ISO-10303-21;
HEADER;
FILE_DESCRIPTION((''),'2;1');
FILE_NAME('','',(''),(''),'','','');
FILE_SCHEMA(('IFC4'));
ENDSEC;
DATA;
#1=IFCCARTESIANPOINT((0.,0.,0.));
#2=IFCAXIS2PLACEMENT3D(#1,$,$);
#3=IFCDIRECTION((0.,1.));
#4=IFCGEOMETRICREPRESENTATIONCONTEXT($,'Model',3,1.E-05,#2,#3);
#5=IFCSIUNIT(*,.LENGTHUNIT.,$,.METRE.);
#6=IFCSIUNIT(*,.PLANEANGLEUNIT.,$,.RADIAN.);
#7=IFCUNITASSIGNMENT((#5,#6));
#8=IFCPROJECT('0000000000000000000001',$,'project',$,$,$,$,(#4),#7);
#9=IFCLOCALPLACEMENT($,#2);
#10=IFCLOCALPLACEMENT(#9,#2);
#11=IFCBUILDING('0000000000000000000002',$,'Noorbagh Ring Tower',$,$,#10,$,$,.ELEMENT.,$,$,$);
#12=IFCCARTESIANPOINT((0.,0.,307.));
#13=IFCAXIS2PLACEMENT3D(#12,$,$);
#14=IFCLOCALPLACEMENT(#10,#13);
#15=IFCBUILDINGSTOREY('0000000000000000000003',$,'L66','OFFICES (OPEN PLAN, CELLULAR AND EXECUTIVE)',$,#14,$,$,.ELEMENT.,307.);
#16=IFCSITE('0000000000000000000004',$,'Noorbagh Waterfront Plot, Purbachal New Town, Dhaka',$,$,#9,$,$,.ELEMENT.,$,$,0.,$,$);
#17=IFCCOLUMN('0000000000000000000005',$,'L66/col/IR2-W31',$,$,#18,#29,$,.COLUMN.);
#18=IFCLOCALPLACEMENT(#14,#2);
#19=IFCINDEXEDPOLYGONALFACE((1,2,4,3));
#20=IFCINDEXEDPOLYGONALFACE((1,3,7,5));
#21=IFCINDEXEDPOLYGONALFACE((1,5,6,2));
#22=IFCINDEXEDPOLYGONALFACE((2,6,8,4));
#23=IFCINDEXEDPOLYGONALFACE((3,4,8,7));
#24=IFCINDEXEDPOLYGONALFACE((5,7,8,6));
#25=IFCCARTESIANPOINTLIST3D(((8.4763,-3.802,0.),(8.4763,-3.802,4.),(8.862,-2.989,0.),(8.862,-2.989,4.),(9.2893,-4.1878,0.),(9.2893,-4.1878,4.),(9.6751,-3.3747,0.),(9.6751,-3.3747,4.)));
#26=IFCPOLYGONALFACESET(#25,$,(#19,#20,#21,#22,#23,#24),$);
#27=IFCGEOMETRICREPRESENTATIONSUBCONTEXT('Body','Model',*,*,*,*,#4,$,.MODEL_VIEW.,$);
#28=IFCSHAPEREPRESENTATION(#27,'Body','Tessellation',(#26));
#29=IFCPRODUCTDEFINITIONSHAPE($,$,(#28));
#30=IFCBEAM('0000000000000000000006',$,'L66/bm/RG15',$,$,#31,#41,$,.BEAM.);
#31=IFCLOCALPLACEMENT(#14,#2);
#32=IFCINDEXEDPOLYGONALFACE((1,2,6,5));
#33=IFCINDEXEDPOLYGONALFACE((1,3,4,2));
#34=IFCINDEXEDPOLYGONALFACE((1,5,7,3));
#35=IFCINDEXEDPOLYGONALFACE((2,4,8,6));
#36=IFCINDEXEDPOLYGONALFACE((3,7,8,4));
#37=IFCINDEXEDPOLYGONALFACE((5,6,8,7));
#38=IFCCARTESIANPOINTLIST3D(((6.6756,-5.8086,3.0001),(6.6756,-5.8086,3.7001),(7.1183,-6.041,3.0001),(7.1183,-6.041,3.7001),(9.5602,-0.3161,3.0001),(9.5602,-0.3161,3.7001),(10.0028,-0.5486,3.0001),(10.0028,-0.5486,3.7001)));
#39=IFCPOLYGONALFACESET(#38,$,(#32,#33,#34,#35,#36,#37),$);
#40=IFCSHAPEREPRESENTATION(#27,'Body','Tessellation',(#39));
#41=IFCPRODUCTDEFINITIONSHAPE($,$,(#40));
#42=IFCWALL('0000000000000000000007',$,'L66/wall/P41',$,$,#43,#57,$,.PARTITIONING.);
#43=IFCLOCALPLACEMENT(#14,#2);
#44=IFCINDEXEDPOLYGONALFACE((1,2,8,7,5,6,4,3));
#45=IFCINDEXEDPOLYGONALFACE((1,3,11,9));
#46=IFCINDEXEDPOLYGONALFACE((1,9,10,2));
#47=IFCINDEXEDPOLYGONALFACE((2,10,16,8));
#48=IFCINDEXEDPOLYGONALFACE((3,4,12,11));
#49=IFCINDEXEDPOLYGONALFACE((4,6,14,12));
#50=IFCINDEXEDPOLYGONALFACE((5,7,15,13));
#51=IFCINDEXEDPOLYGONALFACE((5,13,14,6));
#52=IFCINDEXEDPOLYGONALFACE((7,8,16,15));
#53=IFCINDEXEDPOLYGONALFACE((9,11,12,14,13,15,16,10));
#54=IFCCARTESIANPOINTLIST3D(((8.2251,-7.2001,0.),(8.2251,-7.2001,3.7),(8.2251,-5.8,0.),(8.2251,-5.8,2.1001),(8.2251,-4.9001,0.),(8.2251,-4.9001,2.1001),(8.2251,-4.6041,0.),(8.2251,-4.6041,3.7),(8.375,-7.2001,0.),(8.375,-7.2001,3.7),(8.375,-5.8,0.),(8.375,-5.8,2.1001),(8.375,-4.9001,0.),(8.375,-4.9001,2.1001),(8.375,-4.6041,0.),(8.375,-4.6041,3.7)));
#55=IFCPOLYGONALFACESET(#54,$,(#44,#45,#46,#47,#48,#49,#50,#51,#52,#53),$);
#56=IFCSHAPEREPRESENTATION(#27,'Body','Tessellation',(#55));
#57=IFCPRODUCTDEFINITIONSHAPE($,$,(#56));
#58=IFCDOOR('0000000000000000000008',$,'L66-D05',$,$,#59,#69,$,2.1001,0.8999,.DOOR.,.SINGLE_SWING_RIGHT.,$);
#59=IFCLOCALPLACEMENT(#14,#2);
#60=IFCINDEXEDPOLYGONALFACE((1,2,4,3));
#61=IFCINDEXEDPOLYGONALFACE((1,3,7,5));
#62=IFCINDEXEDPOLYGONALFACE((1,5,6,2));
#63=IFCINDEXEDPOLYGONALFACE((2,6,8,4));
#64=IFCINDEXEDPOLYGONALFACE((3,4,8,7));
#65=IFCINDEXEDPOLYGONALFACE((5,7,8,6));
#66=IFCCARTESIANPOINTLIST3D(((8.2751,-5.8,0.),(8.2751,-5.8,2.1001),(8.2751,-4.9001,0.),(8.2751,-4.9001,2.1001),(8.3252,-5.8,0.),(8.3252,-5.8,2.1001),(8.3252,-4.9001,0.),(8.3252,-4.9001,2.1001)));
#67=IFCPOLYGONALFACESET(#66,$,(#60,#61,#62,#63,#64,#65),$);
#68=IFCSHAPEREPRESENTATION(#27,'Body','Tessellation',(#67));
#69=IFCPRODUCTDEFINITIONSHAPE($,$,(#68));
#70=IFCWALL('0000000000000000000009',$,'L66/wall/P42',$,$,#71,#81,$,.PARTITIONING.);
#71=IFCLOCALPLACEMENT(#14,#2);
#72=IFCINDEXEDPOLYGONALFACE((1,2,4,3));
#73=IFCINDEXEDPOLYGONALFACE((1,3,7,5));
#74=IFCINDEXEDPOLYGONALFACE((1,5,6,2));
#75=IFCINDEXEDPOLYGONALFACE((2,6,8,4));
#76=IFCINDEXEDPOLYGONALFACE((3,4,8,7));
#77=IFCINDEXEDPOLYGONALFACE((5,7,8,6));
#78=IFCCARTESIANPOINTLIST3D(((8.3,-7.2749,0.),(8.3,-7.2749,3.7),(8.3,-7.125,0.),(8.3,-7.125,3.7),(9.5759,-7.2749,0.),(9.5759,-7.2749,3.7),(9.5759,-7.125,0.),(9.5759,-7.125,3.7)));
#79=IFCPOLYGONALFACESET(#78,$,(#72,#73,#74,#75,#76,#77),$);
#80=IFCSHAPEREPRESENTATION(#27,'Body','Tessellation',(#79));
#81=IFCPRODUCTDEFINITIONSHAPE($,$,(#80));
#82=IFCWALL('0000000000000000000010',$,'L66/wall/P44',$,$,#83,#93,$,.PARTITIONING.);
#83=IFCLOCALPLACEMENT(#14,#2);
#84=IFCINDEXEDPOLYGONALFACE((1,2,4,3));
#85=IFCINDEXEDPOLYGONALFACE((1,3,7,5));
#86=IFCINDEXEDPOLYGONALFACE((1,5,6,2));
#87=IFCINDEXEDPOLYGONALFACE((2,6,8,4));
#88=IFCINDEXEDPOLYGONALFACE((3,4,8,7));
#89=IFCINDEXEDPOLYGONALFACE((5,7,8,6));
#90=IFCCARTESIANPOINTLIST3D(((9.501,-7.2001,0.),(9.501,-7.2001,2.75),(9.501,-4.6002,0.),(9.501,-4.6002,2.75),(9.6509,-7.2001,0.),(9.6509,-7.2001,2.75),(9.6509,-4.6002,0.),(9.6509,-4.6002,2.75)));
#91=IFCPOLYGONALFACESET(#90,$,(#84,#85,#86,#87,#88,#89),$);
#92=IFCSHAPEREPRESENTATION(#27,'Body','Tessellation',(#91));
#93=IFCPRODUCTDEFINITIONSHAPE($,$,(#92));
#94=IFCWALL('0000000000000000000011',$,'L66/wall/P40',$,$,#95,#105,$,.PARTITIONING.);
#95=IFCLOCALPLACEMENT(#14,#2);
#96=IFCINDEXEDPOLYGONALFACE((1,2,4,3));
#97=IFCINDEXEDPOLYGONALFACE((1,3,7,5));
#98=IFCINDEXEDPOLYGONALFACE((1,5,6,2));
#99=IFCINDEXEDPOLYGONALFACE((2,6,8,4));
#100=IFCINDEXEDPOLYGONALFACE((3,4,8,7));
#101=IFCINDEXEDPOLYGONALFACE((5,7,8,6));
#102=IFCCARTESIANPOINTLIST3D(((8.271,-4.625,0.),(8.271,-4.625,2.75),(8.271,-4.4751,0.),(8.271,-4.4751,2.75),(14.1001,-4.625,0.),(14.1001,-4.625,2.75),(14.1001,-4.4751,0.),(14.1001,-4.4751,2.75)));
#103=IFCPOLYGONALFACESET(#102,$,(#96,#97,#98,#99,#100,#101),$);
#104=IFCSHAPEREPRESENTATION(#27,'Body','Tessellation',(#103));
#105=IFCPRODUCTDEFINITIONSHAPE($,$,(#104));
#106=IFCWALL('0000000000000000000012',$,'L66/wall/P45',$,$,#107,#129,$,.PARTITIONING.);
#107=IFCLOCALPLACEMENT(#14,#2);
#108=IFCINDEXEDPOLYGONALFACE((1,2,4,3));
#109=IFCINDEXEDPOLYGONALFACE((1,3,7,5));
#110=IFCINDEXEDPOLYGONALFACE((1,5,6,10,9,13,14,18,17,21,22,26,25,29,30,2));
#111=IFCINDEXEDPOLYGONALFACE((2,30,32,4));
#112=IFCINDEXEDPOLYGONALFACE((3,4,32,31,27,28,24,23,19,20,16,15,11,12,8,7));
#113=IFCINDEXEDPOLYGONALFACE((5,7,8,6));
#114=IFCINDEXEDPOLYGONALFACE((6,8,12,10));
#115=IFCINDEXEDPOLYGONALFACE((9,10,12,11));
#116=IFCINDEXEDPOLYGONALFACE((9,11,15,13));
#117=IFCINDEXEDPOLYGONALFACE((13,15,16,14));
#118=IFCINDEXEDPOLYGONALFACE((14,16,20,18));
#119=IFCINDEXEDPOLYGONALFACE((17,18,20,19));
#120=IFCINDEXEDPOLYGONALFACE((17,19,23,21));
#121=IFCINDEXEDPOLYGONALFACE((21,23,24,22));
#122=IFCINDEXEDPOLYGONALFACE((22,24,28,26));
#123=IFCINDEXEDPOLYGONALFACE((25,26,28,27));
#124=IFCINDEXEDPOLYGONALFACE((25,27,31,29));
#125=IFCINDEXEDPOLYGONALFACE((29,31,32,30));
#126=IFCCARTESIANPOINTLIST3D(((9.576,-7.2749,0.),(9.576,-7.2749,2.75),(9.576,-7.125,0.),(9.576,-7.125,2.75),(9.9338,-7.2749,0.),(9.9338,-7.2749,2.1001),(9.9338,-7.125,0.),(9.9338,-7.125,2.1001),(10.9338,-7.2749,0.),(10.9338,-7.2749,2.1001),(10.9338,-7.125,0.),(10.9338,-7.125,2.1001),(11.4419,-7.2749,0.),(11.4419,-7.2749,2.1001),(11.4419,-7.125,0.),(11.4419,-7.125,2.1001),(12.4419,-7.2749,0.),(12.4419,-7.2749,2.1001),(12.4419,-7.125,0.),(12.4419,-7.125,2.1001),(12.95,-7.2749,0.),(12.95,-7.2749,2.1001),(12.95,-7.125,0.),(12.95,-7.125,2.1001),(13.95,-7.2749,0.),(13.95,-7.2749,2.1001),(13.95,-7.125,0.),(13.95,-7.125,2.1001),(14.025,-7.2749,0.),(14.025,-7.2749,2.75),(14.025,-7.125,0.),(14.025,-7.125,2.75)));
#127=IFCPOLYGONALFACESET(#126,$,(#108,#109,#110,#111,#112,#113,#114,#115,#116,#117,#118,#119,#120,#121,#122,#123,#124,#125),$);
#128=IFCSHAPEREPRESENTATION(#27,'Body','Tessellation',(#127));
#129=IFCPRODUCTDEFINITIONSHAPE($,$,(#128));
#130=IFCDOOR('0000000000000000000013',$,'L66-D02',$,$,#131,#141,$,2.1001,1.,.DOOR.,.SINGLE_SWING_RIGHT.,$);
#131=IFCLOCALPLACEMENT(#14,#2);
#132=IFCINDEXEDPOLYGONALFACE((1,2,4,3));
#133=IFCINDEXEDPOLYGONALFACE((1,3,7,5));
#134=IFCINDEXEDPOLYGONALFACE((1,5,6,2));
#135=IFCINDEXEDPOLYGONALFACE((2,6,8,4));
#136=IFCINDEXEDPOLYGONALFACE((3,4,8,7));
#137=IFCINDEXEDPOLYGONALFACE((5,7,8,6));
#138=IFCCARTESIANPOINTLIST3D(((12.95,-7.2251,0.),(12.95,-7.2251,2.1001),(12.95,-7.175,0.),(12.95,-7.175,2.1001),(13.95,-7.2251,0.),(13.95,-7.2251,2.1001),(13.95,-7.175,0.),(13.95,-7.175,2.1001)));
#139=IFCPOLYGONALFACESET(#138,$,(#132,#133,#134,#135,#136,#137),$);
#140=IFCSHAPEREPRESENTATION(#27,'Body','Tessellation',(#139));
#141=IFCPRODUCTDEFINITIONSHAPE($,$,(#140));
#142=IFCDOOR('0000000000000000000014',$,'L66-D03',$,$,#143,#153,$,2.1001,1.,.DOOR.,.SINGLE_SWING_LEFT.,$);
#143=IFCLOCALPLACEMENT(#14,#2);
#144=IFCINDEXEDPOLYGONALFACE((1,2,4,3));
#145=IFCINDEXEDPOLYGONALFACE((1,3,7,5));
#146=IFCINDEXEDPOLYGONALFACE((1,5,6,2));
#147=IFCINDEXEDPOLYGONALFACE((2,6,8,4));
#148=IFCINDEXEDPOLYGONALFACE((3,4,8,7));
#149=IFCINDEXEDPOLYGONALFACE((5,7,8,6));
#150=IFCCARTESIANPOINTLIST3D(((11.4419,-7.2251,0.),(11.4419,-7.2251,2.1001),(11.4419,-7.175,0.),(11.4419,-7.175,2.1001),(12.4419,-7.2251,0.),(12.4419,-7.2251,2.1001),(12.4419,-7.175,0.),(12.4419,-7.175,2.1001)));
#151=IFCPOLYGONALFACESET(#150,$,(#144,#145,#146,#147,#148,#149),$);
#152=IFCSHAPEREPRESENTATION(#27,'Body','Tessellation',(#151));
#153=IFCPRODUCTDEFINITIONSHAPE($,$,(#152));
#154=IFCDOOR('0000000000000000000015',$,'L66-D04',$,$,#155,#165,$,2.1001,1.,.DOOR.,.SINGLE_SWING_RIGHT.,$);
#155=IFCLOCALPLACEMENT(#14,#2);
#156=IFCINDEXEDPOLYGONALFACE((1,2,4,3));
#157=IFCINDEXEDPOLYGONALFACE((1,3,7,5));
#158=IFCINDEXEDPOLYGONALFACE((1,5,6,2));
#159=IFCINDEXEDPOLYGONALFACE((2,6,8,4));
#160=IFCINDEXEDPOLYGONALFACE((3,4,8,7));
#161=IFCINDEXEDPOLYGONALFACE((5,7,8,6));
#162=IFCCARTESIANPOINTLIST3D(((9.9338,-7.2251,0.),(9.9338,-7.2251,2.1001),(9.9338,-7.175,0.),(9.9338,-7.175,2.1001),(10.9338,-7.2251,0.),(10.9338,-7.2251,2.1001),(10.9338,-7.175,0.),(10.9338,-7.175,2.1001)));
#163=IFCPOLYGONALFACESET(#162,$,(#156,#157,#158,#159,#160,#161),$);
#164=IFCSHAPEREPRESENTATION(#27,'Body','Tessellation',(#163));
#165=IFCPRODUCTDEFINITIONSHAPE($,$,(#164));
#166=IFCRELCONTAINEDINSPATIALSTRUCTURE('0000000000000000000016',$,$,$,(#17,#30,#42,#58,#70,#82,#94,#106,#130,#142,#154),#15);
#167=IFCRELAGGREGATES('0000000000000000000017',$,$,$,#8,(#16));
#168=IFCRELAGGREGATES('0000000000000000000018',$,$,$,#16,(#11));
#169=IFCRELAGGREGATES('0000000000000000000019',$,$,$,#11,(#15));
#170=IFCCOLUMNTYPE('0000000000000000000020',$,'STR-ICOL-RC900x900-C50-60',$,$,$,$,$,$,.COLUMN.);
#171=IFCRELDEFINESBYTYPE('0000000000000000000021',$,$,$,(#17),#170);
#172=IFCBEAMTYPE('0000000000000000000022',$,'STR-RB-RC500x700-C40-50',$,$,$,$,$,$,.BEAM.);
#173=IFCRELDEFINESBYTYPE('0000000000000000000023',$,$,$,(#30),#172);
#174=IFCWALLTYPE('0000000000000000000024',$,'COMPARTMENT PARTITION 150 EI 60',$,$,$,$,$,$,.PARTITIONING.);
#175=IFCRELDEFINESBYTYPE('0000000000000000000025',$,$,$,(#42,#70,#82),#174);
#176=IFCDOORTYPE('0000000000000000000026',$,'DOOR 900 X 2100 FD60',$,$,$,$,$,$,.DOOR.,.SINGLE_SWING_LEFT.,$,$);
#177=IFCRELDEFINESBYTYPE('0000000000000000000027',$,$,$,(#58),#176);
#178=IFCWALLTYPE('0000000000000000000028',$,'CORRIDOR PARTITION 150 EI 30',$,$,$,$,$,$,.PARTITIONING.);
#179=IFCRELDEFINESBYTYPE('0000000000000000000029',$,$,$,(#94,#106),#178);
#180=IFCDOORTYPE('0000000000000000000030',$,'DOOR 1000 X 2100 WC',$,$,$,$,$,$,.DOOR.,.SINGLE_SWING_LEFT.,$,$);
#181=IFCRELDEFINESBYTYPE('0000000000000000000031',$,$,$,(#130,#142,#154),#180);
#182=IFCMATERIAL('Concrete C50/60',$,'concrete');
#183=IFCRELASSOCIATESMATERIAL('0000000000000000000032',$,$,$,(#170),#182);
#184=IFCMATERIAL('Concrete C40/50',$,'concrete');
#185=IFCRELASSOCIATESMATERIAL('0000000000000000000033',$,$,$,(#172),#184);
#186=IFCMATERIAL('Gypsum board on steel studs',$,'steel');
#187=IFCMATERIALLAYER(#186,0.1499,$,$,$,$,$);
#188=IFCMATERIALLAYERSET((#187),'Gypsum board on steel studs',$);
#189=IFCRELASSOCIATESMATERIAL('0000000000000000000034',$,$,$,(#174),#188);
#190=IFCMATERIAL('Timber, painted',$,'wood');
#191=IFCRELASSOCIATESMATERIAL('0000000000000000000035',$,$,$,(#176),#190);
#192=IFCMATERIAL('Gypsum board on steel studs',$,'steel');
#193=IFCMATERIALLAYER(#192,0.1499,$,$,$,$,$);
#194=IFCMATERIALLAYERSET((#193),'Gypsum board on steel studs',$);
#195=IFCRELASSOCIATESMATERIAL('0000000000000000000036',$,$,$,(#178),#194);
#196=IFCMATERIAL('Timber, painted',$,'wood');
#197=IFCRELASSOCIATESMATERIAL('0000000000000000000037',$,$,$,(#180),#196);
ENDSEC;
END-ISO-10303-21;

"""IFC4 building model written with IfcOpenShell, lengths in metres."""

from ifc_helpers import new_model, si_unit, direction, frame, frame_2d, origin, origin_2d, place, context, subcontext, project, spatial, rectangle, extrude, material, layer, layer_set, material_profile, profile_set, type_object, element, fill, save


model = new_model("IFC4")

# Units and contexts
model_context = context("Model", 3, precision=1e-05, world=origin(), true_north=direction((0.0, 1.0)))
body_context = subcontext(model_context, "Body", "Model", "MODEL_VIEW")
ifc_project = project(units=[si_unit("LENGTHUNIT", "METRE"), si_unit("PLANEANGLEUNIT", "RADIAN")], contexts=[model_context])

# Site, building, storey
site_placement = place(None, origin())
site = spatial("IfcSite", under=ifc_project, at=site_placement, Name="Noorbagh Waterfront Plot, Purbachal New Town, Dhaka", CompositionType="ELEMENT", RefElevation=0.0)
building_placement = place(site_placement, origin())
building = spatial("IfcBuilding", under=site, at=building_placement, Name="Noorbagh Ring Tower", CompositionType="ELEMENT")
storey_placement = place(building_placement, frame((0.0, 0.0, 307.0)))
storey = spatial("IfcBuildingStorey", under=building, at=storey_placement, Name="L66", Description="OFFICES (OPEN PLAN, CELLULAR AND EXECUTIVE)", CompositionType="ELEMENT", Elevation=307.0)

# Column
ifc_material_1 = material(Name="Concrete C50/60", Category="concrete")
ifc_material_profile_1 = material_profile(ifc_material_1, rectangle(XDim=0.8999, YDim=0.8999, at=origin_2d()), Name="RC900x900")
ifc_profile_set_1 = profile_set([ifc_material_profile_1], Name="Concrete C50/60")
column_type = type_object("IfcColumnType", Name="STR-ICOL-RC900x900-C50-60", PredefinedType="COLUMN", material=ifc_profile_set_1)
column_placement = place(storey_placement, frame((9.0757, -3.5884, 0.0), z_axis=(0.0, 0.0, 1.0), x_axis=(0.428667, 0.903463, 0.0)))
element("IfcColumn", 1, at=column_placement, inside=storey, type_object=column_type, Name="L66/col/IR2-W31", PredefinedType="COLUMN", context=body_context, shape_type="SweptSolid", body=[
    extrude(rectangle(XDim=0.8999, YDim=0.8999, at=origin_2d()), origin(), (0.0, 0.0, 1.0), 4.0),
])

# Beam
ifc_material_2 = material(Name="Concrete C40/50", Category="concrete")
ifc_material_profile_2 = material_profile(ifc_material_2, rectangle(XDim=0.5, YDim=0.7, at=origin_2d()), Name="RC500x700")
ifc_profile_set_2 = profile_set([ifc_material_profile_2], Name="Concrete C40/50")
beam_type = type_object("IfcBeamType", Name="STR-RB-RC500x700-C40-50", PredefinedType="BEAM", material=ifc_profile_set_2)
beam_placement = place(storey_placement, frame((6.897, -5.9248, 3.3501), z_axis=(0.46496, 0.885332, 0.0), x_axis=(-0.885332, 0.46496, 0.0)))
element("IfcBeam", 2, at=beam_placement, inside=storey, type_object=beam_type, Name="L66/bm/RG15", PredefinedType="BEAM", context=body_context, shape_type="SweptSolid", body=[
    extrude(rectangle(XDim=0.5, YDim=0.7, at=origin_2d()), origin(), (0.0, 0.0, 1.0), 6.2039),
])

# Wall, opening, door
ifc_material_3 = material(Name="Gypsum board on steel studs", Category="steel")
ifc_layer_1 = layer(ifc_material_3, 0.1499)
ifc_layer_set_1 = layer_set([ifc_layer_1], Name="Gypsum board on steel studs")
wall_type_1 = type_object("IfcWallType", Name="COMPARTMENT PARTITION 150 EI 60", PredefinedType="PARTITIONING", material=ifc_layer_set_1)
wall_1_placement = place(storey_placement, frame((8.3, -7.2, 0.0), z_axis=(0.0, 0.0, 1.0), x_axis=(0.0, 1.0, 0.0)))
wall_1 = element("IfcWall", 3, at=wall_1_placement, inside=storey, type_object=wall_type_1, Name="L66/wall/P41", PredefinedType="PARTITIONING", context=body_context, shape_type="SweptSolid", body=[
    extrude(rectangle(XDim=2.5959, YDim=0.1499, at=frame_2d((1.2979, 0.0))), origin(), (0.0, 0.0, 1.0), 3.7),
])
opening_1_placement = place(wall_1_placement, frame((1.3999, 0.0, 0.0)))
opening_1 = element("IfcOpeningElement", 4, at=opening_1_placement, cuts=wall_1, PredefinedType="OPENING", context=body_context, shape_type="SweptSolid", body=[
    extrude(rectangle(XDim=0.8999, YDim=2.1001, at=frame_2d((0.45, 1.05))), frame((0.0, 0.085, 0.0), z_axis=(0.0, -1.0, 0.0), x_axis=(1.0, 0.0, 0.0)), (0.0, 0.0, 1.0), 0.1699),
])
ifc_material_4 = material(Name="Timber, painted", Category="wood")
door_type_1 = type_object("IfcDoorType", Name="DOOR 900 X 2100 FD60", OperationType="SINGLE_SWING_LEFT", PredefinedType="DOOR", material=ifc_material_4)
door_1_placement = place(opening_1_placement, origin())
door_1 = element("IfcDoor", 5, at=door_1_placement, inside=storey, type_object=door_type_1, Name="L66-D05", OperationType="SINGLE_SWING_RIGHT", OverallHeight=2.1001, OverallWidth=0.8999, PredefinedType="DOOR", context=body_context, shape_type="SweptSolid", body=[
    extrude(rectangle(XDim=0.8999, YDim=2.1001, at=frame_2d((0.45, 1.05))), frame((0.0, 0.0249, 0.0), z_axis=(0.0, -1.0, 0.0), x_axis=(1.0, 0.0, 0.0)), (0.0, 0.0, 1.0), 0.05),
])
fill(opening_1, door_1)

# Walls
wall_2_placement = place(storey_placement, frame((8.3, -7.2, 0.0), z_axis=(0.0, 0.0, 1.0), x_axis=(1.0, 0.0, 0.0)))
element("IfcWall", 6, at=wall_2_placement, inside=storey, type_object=wall_type_1, Name="L66/wall/P42", PredefinedType="PARTITIONING", context=body_context, shape_type="SweptSolid", body=[
    extrude(rectangle(XDim=1.2759, YDim=0.1499, at=frame_2d((0.6379, 0.0))), origin(), (0.0, 0.0, 1.0), 3.7),
])
wall_3_placement = place(storey_placement, frame((9.5759, -7.2, 0.0), z_axis=(0.0, 0.0, 1.0), x_axis=(0.0, 1.0, 0.0)))
element("IfcWall", 7, at=wall_3_placement, inside=storey, type_object=wall_type_1, Name="L66/wall/P44", PredefinedType="PARTITIONING", context=body_context, shape_type="SweptSolid", body=[
    extrude(rectangle(XDim=2.5999, YDim=0.1499, at=frame_2d((1.2998, 0.0))), origin(), (0.0, 0.0, 1.0), 2.75),
])
ifc_material_5 = material(Name="Gypsum board on steel studs", Category="steel")
ifc_layer_2 = layer(ifc_material_5, 0.1499)
ifc_layer_set_2 = layer_set([ifc_layer_2], Name="Gypsum board on steel studs")
wall_type_2 = type_object("IfcWallType", Name="CORRIDOR PARTITION 150 EI 30", PredefinedType="PARTITIONING", material=ifc_layer_set_2)
wall_4_placement = place(storey_placement, frame((8.271, -4.55, 0.0), z_axis=(0.0, 0.0, 1.0), x_axis=(1.0, 0.0, 0.0)))
element("IfcWall", 8, at=wall_4_placement, inside=storey, type_object=wall_type_2, Name="L66/wall/P40", PredefinedType="PARTITIONING", context=body_context, shape_type="SweptSolid", body=[
    extrude(rectangle(XDim=5.8291, YDim=0.1499, at=frame_2d((2.9146, 0.0))), origin(), (0.0, 0.0, 1.0), 2.75),
])

# Wall, openings, doors
wall_5_placement = place(storey_placement, frame((9.5759, -7.2, 0.0), z_axis=(0.0, 0.0, 1.0), x_axis=(1.0, 0.0, 0.0)))
wall_5 = element("IfcWall", 9, at=wall_5_placement, inside=storey, type_object=wall_type_2, Name="L66/wall/P45", PredefinedType="PARTITIONING", context=body_context, shape_type="SweptSolid", body=[
    extrude(rectangle(XDim=4.449, YDim=0.1499, at=frame_2d((2.2246, 0.0))), origin(), (0.0, 0.0, 1.0), 2.75),
])
opening_2_placement = place(wall_5_placement, frame((3.374, 0.0, 0.0)))
opening_2 = element("IfcOpeningElement", 10, at=opening_2_placement, cuts=wall_5, PredefinedType="OPENING", context=body_context, shape_type="SweptSolid", body=[
    extrude(rectangle(XDim=1.0, YDim=2.1001, at=frame_2d((0.5, 1.05))), frame((0.0, 0.085, 0.0), z_axis=(0.0, -1.0, 0.0), x_axis=(1.0, 0.0, 0.0)), (0.0, 0.0, 1.0), 0.1699),
])
opening_3_placement = place(wall_5_placement, frame((1.866, 0.0, 0.0)))
opening_3 = element("IfcOpeningElement", 11, at=opening_3_placement, cuts=wall_5, PredefinedType="OPENING", context=body_context, shape_type="SweptSolid", body=[
    extrude(rectangle(XDim=1.0, YDim=2.1001, at=frame_2d((0.5, 1.05))), frame((0.0, 0.085, 0.0), z_axis=(0.0, -1.0, 0.0), x_axis=(1.0, 0.0, 0.0)), (0.0, 0.0, 1.0), 0.1699),
])
opening_4_placement = place(wall_5_placement, frame((0.3579, 0.0, 0.0)))
opening_4 = element("IfcOpeningElement", 12, at=opening_4_placement, cuts=wall_5, PredefinedType="OPENING", context=body_context, shape_type="SweptSolid", body=[
    extrude(rectangle(XDim=1.0, YDim=2.1001, at=frame_2d((0.5, 1.05))), frame((0.0, 0.085, 0.0), z_axis=(0.0, -1.0, 0.0), x_axis=(1.0, 0.0, 0.0)), (0.0, 0.0, 1.0), 0.1699),
])
ifc_material_6 = material(Name="Timber, painted", Category="wood")
door_type_2 = type_object("IfcDoorType", Name="DOOR 1000 X 2100 WC", OperationType="SINGLE_SWING_LEFT", PredefinedType="DOOR", material=ifc_material_6)
door_2_placement = place(opening_2_placement, origin())
door_2 = element("IfcDoor", 13, at=door_2_placement, inside=storey, type_object=door_type_2, Name="L66-D02", OperationType="SINGLE_SWING_RIGHT", OverallHeight=2.1001, OverallWidth=1.0, PredefinedType="DOOR", context=body_context, shape_type="SweptSolid", body=[
    extrude(rectangle(XDim=1.0, YDim=2.1001, at=frame_2d((0.5, 1.05))), frame((0.0, 0.0249, 0.0), z_axis=(0.0, -1.0, 0.0), x_axis=(1.0, 0.0, 0.0)), (0.0, 0.0, 1.0), 0.05),
])
fill(opening_2, door_2)
door_3_placement = place(opening_3_placement, origin())
door_3 = element("IfcDoor", 14, at=door_3_placement, inside=storey, type_object=door_type_2, Name="L66-D03", OperationType="SINGLE_SWING_LEFT", OverallHeight=2.1001, OverallWidth=1.0, PredefinedType="DOOR", context=body_context, shape_type="SweptSolid", body=[
    extrude(rectangle(XDim=1.0, YDim=2.1001, at=frame_2d((0.5, 1.05))), frame((0.0, 0.0249, 0.0), z_axis=(0.0, -1.0, 0.0), x_axis=(1.0, 0.0, 0.0)), (0.0, 0.0, 1.0), 0.05),
])
fill(opening_3, door_3)
door_4_placement = place(opening_4_placement, origin())
door_4 = element("IfcDoor", 15, at=door_4_placement, inside=storey, type_object=door_type_2, Name="L66-D04", OperationType="SINGLE_SWING_RIGHT", OverallHeight=2.1001, OverallWidth=1.0, PredefinedType="DOOR", context=body_context, shape_type="SweptSolid", body=[
    extrude(rectangle(XDim=1.0, YDim=2.1001, at=frame_2d((0.5, 1.05))), frame((0.0, 0.0249, 0.0), z_axis=(0.0, -1.0, 0.0), x_axis=(1.0, 0.0, 0.0)), (0.0, 0.0, 1.0), 0.05),
])
fill(opening_4, door_4)

save(model, "model.ifc")
